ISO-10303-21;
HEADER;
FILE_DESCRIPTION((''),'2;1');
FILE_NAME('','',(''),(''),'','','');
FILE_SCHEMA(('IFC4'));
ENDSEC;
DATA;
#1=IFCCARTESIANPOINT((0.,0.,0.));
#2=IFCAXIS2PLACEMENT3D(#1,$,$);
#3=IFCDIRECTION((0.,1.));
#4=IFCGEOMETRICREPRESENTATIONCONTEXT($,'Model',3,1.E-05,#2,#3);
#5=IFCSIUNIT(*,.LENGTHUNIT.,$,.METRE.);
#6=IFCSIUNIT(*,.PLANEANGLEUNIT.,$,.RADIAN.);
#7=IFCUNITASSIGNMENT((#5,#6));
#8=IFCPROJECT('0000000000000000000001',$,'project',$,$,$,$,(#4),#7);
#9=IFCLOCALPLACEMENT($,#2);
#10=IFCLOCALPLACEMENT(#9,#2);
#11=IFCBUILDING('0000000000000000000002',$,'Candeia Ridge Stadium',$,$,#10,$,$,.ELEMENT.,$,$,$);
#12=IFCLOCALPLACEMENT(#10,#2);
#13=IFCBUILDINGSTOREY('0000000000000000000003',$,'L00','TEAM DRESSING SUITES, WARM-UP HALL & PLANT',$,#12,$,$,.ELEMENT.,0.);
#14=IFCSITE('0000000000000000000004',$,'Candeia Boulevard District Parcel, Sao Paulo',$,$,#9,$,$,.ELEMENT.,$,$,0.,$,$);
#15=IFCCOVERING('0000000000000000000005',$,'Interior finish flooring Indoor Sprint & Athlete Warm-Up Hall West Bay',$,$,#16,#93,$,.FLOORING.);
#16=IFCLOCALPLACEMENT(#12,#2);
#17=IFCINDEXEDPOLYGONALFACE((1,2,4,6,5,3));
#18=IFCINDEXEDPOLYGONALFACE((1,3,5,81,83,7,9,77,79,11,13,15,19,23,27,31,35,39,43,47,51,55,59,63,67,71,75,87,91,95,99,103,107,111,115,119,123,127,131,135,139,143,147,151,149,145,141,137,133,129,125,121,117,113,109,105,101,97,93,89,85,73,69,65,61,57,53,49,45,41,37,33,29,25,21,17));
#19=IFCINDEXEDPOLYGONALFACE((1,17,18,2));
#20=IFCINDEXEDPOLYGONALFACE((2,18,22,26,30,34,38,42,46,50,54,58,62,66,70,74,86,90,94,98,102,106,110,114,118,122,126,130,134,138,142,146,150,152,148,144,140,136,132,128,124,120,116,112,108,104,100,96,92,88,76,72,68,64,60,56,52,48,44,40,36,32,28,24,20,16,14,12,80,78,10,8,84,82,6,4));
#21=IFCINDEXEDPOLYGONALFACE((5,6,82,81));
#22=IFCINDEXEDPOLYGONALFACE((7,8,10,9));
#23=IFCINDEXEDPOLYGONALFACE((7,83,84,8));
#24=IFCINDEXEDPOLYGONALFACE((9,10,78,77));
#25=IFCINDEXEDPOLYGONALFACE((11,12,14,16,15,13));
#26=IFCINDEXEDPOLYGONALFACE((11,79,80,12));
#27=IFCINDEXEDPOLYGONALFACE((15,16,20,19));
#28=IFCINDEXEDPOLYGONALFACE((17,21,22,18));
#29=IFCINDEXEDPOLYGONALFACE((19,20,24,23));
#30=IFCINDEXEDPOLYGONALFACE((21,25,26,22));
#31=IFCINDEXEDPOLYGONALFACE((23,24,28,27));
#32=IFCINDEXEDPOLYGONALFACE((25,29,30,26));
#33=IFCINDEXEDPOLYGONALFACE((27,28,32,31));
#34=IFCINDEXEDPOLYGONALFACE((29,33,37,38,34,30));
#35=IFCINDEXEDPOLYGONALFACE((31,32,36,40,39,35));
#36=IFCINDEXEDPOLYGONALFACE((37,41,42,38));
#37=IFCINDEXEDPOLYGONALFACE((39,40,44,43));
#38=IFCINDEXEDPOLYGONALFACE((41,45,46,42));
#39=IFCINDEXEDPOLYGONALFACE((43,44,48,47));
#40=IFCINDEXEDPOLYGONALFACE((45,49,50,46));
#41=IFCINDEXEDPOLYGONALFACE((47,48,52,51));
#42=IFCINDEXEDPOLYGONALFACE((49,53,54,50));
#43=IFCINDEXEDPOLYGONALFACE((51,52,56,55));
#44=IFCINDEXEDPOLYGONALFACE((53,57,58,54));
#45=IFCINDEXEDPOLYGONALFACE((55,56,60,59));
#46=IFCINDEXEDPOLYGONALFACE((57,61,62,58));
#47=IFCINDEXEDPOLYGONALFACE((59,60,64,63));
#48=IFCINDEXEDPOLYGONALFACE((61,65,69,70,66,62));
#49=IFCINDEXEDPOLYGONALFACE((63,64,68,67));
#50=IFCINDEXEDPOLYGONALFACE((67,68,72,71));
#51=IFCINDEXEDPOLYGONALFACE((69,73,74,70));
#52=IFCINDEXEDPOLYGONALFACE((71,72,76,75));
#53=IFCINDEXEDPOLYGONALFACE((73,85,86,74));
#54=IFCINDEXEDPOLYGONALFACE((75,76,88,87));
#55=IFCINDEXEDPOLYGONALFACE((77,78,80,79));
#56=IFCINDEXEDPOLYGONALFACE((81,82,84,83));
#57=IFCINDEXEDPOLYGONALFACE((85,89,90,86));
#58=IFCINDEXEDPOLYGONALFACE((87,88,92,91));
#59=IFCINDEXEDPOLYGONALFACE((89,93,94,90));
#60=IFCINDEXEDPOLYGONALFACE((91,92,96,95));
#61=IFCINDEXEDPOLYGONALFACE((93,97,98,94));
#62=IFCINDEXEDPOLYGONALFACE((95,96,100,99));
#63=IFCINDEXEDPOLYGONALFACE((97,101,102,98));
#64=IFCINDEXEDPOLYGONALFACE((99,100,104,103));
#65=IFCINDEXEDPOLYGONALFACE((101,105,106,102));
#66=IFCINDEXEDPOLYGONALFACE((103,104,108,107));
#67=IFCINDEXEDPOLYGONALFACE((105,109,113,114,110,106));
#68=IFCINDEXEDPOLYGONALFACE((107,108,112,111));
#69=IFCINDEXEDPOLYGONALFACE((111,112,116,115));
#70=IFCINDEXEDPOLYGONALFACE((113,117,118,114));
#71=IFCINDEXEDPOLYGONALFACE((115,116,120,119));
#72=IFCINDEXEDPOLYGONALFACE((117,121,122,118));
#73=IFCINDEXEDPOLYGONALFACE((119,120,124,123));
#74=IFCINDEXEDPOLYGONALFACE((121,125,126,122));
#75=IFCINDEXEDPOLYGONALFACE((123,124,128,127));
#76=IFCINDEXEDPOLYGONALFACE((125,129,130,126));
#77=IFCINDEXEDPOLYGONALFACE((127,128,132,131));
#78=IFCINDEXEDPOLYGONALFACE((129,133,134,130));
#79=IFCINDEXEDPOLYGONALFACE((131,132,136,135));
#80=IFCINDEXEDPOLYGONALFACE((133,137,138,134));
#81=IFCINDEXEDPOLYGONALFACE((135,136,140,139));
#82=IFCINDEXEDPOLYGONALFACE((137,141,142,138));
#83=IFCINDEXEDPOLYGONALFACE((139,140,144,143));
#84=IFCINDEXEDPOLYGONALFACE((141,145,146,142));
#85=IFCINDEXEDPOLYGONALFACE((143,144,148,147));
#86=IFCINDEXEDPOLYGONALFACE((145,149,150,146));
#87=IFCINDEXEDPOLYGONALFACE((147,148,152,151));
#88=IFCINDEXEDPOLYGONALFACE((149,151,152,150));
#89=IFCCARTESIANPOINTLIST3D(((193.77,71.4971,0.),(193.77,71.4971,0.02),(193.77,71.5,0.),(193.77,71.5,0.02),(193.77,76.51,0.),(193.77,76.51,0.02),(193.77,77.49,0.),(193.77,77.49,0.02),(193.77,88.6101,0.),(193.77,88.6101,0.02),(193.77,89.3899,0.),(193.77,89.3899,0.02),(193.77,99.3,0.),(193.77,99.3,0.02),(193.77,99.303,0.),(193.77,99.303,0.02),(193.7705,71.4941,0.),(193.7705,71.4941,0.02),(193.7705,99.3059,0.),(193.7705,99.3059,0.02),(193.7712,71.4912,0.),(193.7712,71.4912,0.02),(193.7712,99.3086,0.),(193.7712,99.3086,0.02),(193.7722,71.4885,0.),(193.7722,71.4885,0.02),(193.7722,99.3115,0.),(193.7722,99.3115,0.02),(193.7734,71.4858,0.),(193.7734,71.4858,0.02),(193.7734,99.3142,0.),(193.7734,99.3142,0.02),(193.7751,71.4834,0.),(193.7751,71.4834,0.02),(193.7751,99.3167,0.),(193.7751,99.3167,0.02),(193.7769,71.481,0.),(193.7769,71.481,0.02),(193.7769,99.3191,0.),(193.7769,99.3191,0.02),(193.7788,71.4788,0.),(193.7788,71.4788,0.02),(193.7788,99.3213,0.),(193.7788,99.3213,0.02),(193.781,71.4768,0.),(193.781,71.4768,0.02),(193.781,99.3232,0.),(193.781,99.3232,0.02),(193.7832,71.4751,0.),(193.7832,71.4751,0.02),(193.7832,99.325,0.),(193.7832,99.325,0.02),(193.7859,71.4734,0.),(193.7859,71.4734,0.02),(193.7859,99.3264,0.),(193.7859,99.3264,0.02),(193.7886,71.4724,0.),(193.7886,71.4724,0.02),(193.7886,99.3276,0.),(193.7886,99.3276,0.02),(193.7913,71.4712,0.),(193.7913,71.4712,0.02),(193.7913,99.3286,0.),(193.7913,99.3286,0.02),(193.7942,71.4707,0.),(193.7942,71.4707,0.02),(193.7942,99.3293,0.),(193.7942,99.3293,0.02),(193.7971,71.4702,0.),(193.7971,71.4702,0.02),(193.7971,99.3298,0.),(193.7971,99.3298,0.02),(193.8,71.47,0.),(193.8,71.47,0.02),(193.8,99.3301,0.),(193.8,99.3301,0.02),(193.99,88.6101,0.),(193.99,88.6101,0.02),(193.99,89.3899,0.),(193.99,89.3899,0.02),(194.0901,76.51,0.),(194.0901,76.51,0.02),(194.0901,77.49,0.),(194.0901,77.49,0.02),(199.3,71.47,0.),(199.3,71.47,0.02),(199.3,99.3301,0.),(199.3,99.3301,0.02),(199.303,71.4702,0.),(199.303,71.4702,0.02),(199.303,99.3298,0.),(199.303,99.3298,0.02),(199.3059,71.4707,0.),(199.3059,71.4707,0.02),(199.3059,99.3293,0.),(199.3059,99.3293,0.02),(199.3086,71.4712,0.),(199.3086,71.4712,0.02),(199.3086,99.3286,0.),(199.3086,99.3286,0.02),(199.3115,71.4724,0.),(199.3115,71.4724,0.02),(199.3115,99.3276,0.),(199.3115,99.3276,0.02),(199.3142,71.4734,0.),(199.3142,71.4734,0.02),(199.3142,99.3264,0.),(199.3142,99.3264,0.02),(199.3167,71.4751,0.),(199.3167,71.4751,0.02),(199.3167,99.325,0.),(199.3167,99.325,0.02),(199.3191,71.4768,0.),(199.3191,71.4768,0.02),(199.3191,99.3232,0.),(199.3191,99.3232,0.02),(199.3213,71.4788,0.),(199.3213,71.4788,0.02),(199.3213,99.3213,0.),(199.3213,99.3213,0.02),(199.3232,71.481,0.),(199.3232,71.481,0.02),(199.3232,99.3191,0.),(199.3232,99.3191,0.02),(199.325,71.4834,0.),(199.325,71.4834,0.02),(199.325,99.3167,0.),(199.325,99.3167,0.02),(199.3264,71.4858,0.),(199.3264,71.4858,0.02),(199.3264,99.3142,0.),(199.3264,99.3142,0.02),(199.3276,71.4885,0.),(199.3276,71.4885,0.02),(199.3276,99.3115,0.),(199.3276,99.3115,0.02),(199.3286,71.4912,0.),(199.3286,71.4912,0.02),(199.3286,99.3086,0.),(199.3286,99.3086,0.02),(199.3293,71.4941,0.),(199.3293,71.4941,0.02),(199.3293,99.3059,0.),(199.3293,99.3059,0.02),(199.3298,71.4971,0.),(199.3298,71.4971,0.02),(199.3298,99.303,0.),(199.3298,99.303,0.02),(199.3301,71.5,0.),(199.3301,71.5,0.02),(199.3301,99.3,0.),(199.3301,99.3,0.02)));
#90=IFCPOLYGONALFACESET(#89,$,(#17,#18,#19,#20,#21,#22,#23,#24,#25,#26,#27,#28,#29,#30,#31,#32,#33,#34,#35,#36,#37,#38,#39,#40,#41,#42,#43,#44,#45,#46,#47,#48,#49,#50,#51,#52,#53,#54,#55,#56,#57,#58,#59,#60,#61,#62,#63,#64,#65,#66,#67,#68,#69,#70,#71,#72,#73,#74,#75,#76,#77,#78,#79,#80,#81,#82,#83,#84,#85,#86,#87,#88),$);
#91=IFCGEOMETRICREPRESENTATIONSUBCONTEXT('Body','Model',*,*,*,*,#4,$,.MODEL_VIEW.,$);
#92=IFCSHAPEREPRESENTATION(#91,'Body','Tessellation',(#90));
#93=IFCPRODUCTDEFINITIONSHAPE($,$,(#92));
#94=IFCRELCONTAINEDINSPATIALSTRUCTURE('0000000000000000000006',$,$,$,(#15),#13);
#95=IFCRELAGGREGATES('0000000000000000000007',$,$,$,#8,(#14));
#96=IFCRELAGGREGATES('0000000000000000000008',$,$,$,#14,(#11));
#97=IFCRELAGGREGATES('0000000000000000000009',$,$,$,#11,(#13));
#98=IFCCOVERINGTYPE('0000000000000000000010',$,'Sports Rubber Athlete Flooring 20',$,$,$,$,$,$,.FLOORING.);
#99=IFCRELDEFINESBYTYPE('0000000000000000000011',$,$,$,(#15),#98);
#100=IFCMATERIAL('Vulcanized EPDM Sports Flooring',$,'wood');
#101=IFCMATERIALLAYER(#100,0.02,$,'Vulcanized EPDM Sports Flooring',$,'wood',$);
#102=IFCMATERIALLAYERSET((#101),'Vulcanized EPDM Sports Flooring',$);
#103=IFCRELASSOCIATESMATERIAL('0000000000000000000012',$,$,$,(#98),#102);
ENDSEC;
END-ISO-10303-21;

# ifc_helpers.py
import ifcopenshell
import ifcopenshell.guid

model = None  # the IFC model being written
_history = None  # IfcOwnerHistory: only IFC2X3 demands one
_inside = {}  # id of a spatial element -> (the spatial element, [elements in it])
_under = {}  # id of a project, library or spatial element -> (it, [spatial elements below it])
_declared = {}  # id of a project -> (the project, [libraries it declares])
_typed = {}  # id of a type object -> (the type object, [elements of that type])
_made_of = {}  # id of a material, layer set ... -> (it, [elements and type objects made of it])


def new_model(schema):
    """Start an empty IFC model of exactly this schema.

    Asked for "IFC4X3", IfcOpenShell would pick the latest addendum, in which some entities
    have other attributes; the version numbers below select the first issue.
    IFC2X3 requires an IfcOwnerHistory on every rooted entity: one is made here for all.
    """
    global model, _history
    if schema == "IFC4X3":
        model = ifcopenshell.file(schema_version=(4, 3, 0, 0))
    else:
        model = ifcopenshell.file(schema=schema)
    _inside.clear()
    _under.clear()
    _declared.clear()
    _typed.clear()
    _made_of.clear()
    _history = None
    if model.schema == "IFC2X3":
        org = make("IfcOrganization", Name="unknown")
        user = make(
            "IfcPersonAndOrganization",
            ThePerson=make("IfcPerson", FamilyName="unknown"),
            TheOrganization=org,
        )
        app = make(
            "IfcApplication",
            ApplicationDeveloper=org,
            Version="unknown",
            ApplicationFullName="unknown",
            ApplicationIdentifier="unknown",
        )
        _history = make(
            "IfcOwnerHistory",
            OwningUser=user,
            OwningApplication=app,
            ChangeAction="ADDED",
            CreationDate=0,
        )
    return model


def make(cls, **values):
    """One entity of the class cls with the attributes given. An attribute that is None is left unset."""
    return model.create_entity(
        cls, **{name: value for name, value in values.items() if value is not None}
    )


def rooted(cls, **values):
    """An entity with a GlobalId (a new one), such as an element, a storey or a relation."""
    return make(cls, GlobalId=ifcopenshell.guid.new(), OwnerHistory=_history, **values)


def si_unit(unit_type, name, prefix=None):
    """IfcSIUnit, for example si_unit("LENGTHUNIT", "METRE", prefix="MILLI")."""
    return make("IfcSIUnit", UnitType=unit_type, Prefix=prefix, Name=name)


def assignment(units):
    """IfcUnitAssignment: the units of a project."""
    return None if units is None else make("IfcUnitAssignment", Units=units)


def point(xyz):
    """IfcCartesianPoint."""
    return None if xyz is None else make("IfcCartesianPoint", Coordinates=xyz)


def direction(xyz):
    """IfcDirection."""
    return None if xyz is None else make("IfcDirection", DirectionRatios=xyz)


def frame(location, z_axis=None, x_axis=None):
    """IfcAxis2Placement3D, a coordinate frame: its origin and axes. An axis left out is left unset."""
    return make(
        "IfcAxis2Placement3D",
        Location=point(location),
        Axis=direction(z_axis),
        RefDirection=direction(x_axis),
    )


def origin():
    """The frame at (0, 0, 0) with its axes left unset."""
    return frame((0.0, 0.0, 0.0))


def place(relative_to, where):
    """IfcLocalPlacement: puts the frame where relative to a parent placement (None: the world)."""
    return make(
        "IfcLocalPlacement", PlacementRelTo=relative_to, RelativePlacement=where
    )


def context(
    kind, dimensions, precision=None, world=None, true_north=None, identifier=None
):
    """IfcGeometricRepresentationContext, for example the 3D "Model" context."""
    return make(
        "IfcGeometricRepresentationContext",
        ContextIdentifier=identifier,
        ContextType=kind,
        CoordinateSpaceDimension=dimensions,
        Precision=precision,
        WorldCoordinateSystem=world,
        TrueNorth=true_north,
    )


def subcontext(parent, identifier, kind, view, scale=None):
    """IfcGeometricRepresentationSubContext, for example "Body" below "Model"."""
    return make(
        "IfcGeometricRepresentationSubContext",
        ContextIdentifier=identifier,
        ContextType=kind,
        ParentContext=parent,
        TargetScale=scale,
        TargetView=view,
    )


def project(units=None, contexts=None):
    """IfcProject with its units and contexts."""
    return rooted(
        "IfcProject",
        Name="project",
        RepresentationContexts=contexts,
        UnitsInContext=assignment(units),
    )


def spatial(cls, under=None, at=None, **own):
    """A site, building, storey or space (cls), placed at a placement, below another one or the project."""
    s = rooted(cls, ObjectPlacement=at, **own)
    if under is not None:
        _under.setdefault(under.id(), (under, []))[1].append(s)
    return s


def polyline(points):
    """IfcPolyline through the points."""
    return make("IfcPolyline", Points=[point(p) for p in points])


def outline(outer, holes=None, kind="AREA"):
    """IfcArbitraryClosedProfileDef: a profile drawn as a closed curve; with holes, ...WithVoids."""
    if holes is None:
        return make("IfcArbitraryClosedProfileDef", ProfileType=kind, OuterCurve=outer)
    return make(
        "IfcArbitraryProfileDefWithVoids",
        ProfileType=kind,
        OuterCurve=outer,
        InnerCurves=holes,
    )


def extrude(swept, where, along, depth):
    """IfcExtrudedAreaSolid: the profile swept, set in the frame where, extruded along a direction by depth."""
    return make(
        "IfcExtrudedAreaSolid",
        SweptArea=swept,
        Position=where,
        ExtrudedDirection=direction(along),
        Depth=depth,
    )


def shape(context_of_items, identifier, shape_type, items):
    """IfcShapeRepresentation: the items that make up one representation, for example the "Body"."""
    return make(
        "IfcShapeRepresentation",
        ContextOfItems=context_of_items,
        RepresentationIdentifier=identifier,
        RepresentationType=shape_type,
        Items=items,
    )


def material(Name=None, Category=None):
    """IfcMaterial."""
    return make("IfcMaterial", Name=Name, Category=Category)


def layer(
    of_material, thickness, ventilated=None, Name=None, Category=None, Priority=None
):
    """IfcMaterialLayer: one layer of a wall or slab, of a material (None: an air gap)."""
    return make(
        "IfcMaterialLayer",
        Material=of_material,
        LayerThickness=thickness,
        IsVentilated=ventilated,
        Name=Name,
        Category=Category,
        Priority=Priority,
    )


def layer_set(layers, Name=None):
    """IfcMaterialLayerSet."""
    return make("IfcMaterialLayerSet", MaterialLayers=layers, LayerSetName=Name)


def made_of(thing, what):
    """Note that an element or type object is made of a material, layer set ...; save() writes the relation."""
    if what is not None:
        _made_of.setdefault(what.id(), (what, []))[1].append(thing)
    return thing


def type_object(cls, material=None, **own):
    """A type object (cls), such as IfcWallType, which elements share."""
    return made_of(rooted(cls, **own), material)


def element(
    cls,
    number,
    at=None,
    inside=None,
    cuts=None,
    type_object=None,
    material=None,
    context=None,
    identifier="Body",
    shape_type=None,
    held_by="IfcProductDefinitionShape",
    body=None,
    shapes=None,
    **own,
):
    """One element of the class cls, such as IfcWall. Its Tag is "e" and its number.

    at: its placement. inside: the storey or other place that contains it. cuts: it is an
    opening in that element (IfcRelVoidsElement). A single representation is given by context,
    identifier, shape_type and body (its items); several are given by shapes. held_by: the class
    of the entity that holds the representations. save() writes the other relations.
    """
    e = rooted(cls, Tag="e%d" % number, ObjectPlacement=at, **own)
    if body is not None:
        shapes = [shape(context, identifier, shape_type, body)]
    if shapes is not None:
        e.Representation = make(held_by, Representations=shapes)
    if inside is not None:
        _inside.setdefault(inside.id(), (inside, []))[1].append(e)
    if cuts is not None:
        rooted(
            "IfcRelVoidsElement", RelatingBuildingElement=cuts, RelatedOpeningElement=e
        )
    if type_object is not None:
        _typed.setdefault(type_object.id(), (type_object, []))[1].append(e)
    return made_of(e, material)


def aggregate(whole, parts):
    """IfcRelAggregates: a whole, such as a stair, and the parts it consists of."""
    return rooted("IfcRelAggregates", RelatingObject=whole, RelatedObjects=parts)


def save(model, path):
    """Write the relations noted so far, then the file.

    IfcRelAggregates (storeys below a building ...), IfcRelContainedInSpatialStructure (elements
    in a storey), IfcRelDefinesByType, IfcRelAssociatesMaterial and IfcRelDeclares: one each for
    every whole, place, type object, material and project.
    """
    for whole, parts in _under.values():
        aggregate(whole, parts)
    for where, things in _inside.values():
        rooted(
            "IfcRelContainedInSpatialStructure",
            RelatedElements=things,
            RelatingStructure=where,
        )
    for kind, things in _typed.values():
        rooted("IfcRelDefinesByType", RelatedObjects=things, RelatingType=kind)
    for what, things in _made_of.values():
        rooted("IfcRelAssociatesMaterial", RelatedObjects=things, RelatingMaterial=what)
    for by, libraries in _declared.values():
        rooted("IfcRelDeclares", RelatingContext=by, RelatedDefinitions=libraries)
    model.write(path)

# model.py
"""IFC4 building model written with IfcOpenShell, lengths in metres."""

from ifc_helpers import new_model, si_unit, direction, origin, place, context, subcontext, project, spatial, polyline, outline, extrude, material, layer, layer_set, type_object, element, save


model = new_model("IFC4")

# Units and contexts
model_context = context("Model", 3, precision=1e-05, world=origin(), true_north=direction((0.0, 1.0)))
body_context = subcontext(model_context, "Body", "Model", "MODEL_VIEW")
ifc_project = project(units=[si_unit("LENGTHUNIT", "METRE"), si_unit("PLANEANGLEUNIT", "RADIAN")], contexts=[model_context])

# Site, building, storey
site_placement = place(None, origin())
site = spatial("IfcSite", under=ifc_project, at=site_placement, Name="Candeia Boulevard District Parcel, Sao Paulo", CompositionType="ELEMENT", RefElevation=0.0)
building_placement = place(site_placement, origin())
building = spatial("IfcBuilding", under=site, at=building_placement, Name="Candeia Ridge Stadium", CompositionType="ELEMENT")
storey_placement = place(building_placement, origin())
storey = spatial("IfcBuildingStorey", under=building, at=storey_placement, Name="L00", Description="TEAM DRESSING SUITES, WARM-UP HALL & PLANT", CompositionType="ELEMENT", Elevation=0.0)

# Covering
ifc_material_1 = material(Name="Vulcanized EPDM Sports Flooring", Category="wood")
ifc_layer_1 = layer(ifc_material_1, 0.02, Name="Vulcanized EPDM Sports Flooring", Category="wood")
ifc_layer_set_1 = layer_set([ifc_layer_1], Name="Vulcanized EPDM Sports Flooring")
covering_type_1 = type_object("IfcCoveringType", Name="Sports Rubber Athlete Flooring 20", PredefinedType="FLOORING", material=ifc_layer_set_1)
covering_1_placement = place(storey_placement, origin())
element("IfcCovering", 1, at=covering_1_placement, inside=storey, type_object=covering_type_1, Name="Interior finish flooring Indoor Sprint & Athlete Warm-Up Hall West Bay", PredefinedType="FLOORING", context=body_context, shape_type="SweptSolid", body=[
    extrude(outline(polyline([(193.7942, 71.4707), (193.7913, 71.4712), (193.7886, 71.4724), (193.7859, 71.4734), (193.7832, 71.4751), (193.781, 71.4768), (193.7788, 71.4788), (193.7769, 71.481), (193.7751, 71.4834), (193.7734, 71.4858), (193.7722, 71.4885), (193.7712, 71.4912), (193.7705, 71.4941), (193.77, 71.4971), (193.77, 71.5), (193.77, 76.51), (194.0901, 76.51), (194.0901, 77.49), (193.77, 77.49), (193.77, 88.6101), (193.99, 88.6101), (193.99, 89.3899), (193.77, 89.3899), (193.77, 99.3), (193.77, 99.303), (193.7705, 99.3059), (193.7712, 99.3086), (193.7722, 99.3115), (193.7734, 99.3142), (193.7751, 99.3167), (193.7769, 99.3191), (193.7788, 99.3213), (193.781, 99.3232), (193.7832, 99.325), (193.7859, 99.3264), (193.7886, 99.3276), (193.7913, 99.3286), (193.7942, 99.3293), (193.7971, 99.3298), (193.8, 99.3301), (199.3, 99.3301), (199.303, 99.3298), (199.3059, 99.3293), (199.3086, 99.3286), (199.3115, 99.3276), (199.3142, 99.3264), (199.3167, 99.325), (199.3191, 99.3232), (199.3213, 99.3213), (199.3232, 99.3191), (199.325, 99.3167), (199.3264, 99.3142), (199.3276, 99.3115), (199.3286, 99.3086), (199.3293, 99.3059), (199.3298, 99.303), (199.3301, 99.3), (199.3301, 71.5), (199.3298, 71.4971), (199.3293, 71.4941), (199.3286, 71.4912), (199.3276, 71.4885), (199.3264, 71.4858), (199.325, 71.4834), (199.3232, 71.481), (199.3213, 71.4788), (199.3191, 71.4768), (199.3167, 71.4751), (199.3142, 71.4734), (199.3115, 71.4724), (199.3086, 71.4712), (199.3059, 71.4707), (199.303, 71.4702), (199.3, 71.47), (193.8, 71.47), (193.7971, 71.4702), (193.7942, 71.4707)])), origin(), (0.0, 0.0, 1.0), 0.02),
])

save(model, "model.ifc")
